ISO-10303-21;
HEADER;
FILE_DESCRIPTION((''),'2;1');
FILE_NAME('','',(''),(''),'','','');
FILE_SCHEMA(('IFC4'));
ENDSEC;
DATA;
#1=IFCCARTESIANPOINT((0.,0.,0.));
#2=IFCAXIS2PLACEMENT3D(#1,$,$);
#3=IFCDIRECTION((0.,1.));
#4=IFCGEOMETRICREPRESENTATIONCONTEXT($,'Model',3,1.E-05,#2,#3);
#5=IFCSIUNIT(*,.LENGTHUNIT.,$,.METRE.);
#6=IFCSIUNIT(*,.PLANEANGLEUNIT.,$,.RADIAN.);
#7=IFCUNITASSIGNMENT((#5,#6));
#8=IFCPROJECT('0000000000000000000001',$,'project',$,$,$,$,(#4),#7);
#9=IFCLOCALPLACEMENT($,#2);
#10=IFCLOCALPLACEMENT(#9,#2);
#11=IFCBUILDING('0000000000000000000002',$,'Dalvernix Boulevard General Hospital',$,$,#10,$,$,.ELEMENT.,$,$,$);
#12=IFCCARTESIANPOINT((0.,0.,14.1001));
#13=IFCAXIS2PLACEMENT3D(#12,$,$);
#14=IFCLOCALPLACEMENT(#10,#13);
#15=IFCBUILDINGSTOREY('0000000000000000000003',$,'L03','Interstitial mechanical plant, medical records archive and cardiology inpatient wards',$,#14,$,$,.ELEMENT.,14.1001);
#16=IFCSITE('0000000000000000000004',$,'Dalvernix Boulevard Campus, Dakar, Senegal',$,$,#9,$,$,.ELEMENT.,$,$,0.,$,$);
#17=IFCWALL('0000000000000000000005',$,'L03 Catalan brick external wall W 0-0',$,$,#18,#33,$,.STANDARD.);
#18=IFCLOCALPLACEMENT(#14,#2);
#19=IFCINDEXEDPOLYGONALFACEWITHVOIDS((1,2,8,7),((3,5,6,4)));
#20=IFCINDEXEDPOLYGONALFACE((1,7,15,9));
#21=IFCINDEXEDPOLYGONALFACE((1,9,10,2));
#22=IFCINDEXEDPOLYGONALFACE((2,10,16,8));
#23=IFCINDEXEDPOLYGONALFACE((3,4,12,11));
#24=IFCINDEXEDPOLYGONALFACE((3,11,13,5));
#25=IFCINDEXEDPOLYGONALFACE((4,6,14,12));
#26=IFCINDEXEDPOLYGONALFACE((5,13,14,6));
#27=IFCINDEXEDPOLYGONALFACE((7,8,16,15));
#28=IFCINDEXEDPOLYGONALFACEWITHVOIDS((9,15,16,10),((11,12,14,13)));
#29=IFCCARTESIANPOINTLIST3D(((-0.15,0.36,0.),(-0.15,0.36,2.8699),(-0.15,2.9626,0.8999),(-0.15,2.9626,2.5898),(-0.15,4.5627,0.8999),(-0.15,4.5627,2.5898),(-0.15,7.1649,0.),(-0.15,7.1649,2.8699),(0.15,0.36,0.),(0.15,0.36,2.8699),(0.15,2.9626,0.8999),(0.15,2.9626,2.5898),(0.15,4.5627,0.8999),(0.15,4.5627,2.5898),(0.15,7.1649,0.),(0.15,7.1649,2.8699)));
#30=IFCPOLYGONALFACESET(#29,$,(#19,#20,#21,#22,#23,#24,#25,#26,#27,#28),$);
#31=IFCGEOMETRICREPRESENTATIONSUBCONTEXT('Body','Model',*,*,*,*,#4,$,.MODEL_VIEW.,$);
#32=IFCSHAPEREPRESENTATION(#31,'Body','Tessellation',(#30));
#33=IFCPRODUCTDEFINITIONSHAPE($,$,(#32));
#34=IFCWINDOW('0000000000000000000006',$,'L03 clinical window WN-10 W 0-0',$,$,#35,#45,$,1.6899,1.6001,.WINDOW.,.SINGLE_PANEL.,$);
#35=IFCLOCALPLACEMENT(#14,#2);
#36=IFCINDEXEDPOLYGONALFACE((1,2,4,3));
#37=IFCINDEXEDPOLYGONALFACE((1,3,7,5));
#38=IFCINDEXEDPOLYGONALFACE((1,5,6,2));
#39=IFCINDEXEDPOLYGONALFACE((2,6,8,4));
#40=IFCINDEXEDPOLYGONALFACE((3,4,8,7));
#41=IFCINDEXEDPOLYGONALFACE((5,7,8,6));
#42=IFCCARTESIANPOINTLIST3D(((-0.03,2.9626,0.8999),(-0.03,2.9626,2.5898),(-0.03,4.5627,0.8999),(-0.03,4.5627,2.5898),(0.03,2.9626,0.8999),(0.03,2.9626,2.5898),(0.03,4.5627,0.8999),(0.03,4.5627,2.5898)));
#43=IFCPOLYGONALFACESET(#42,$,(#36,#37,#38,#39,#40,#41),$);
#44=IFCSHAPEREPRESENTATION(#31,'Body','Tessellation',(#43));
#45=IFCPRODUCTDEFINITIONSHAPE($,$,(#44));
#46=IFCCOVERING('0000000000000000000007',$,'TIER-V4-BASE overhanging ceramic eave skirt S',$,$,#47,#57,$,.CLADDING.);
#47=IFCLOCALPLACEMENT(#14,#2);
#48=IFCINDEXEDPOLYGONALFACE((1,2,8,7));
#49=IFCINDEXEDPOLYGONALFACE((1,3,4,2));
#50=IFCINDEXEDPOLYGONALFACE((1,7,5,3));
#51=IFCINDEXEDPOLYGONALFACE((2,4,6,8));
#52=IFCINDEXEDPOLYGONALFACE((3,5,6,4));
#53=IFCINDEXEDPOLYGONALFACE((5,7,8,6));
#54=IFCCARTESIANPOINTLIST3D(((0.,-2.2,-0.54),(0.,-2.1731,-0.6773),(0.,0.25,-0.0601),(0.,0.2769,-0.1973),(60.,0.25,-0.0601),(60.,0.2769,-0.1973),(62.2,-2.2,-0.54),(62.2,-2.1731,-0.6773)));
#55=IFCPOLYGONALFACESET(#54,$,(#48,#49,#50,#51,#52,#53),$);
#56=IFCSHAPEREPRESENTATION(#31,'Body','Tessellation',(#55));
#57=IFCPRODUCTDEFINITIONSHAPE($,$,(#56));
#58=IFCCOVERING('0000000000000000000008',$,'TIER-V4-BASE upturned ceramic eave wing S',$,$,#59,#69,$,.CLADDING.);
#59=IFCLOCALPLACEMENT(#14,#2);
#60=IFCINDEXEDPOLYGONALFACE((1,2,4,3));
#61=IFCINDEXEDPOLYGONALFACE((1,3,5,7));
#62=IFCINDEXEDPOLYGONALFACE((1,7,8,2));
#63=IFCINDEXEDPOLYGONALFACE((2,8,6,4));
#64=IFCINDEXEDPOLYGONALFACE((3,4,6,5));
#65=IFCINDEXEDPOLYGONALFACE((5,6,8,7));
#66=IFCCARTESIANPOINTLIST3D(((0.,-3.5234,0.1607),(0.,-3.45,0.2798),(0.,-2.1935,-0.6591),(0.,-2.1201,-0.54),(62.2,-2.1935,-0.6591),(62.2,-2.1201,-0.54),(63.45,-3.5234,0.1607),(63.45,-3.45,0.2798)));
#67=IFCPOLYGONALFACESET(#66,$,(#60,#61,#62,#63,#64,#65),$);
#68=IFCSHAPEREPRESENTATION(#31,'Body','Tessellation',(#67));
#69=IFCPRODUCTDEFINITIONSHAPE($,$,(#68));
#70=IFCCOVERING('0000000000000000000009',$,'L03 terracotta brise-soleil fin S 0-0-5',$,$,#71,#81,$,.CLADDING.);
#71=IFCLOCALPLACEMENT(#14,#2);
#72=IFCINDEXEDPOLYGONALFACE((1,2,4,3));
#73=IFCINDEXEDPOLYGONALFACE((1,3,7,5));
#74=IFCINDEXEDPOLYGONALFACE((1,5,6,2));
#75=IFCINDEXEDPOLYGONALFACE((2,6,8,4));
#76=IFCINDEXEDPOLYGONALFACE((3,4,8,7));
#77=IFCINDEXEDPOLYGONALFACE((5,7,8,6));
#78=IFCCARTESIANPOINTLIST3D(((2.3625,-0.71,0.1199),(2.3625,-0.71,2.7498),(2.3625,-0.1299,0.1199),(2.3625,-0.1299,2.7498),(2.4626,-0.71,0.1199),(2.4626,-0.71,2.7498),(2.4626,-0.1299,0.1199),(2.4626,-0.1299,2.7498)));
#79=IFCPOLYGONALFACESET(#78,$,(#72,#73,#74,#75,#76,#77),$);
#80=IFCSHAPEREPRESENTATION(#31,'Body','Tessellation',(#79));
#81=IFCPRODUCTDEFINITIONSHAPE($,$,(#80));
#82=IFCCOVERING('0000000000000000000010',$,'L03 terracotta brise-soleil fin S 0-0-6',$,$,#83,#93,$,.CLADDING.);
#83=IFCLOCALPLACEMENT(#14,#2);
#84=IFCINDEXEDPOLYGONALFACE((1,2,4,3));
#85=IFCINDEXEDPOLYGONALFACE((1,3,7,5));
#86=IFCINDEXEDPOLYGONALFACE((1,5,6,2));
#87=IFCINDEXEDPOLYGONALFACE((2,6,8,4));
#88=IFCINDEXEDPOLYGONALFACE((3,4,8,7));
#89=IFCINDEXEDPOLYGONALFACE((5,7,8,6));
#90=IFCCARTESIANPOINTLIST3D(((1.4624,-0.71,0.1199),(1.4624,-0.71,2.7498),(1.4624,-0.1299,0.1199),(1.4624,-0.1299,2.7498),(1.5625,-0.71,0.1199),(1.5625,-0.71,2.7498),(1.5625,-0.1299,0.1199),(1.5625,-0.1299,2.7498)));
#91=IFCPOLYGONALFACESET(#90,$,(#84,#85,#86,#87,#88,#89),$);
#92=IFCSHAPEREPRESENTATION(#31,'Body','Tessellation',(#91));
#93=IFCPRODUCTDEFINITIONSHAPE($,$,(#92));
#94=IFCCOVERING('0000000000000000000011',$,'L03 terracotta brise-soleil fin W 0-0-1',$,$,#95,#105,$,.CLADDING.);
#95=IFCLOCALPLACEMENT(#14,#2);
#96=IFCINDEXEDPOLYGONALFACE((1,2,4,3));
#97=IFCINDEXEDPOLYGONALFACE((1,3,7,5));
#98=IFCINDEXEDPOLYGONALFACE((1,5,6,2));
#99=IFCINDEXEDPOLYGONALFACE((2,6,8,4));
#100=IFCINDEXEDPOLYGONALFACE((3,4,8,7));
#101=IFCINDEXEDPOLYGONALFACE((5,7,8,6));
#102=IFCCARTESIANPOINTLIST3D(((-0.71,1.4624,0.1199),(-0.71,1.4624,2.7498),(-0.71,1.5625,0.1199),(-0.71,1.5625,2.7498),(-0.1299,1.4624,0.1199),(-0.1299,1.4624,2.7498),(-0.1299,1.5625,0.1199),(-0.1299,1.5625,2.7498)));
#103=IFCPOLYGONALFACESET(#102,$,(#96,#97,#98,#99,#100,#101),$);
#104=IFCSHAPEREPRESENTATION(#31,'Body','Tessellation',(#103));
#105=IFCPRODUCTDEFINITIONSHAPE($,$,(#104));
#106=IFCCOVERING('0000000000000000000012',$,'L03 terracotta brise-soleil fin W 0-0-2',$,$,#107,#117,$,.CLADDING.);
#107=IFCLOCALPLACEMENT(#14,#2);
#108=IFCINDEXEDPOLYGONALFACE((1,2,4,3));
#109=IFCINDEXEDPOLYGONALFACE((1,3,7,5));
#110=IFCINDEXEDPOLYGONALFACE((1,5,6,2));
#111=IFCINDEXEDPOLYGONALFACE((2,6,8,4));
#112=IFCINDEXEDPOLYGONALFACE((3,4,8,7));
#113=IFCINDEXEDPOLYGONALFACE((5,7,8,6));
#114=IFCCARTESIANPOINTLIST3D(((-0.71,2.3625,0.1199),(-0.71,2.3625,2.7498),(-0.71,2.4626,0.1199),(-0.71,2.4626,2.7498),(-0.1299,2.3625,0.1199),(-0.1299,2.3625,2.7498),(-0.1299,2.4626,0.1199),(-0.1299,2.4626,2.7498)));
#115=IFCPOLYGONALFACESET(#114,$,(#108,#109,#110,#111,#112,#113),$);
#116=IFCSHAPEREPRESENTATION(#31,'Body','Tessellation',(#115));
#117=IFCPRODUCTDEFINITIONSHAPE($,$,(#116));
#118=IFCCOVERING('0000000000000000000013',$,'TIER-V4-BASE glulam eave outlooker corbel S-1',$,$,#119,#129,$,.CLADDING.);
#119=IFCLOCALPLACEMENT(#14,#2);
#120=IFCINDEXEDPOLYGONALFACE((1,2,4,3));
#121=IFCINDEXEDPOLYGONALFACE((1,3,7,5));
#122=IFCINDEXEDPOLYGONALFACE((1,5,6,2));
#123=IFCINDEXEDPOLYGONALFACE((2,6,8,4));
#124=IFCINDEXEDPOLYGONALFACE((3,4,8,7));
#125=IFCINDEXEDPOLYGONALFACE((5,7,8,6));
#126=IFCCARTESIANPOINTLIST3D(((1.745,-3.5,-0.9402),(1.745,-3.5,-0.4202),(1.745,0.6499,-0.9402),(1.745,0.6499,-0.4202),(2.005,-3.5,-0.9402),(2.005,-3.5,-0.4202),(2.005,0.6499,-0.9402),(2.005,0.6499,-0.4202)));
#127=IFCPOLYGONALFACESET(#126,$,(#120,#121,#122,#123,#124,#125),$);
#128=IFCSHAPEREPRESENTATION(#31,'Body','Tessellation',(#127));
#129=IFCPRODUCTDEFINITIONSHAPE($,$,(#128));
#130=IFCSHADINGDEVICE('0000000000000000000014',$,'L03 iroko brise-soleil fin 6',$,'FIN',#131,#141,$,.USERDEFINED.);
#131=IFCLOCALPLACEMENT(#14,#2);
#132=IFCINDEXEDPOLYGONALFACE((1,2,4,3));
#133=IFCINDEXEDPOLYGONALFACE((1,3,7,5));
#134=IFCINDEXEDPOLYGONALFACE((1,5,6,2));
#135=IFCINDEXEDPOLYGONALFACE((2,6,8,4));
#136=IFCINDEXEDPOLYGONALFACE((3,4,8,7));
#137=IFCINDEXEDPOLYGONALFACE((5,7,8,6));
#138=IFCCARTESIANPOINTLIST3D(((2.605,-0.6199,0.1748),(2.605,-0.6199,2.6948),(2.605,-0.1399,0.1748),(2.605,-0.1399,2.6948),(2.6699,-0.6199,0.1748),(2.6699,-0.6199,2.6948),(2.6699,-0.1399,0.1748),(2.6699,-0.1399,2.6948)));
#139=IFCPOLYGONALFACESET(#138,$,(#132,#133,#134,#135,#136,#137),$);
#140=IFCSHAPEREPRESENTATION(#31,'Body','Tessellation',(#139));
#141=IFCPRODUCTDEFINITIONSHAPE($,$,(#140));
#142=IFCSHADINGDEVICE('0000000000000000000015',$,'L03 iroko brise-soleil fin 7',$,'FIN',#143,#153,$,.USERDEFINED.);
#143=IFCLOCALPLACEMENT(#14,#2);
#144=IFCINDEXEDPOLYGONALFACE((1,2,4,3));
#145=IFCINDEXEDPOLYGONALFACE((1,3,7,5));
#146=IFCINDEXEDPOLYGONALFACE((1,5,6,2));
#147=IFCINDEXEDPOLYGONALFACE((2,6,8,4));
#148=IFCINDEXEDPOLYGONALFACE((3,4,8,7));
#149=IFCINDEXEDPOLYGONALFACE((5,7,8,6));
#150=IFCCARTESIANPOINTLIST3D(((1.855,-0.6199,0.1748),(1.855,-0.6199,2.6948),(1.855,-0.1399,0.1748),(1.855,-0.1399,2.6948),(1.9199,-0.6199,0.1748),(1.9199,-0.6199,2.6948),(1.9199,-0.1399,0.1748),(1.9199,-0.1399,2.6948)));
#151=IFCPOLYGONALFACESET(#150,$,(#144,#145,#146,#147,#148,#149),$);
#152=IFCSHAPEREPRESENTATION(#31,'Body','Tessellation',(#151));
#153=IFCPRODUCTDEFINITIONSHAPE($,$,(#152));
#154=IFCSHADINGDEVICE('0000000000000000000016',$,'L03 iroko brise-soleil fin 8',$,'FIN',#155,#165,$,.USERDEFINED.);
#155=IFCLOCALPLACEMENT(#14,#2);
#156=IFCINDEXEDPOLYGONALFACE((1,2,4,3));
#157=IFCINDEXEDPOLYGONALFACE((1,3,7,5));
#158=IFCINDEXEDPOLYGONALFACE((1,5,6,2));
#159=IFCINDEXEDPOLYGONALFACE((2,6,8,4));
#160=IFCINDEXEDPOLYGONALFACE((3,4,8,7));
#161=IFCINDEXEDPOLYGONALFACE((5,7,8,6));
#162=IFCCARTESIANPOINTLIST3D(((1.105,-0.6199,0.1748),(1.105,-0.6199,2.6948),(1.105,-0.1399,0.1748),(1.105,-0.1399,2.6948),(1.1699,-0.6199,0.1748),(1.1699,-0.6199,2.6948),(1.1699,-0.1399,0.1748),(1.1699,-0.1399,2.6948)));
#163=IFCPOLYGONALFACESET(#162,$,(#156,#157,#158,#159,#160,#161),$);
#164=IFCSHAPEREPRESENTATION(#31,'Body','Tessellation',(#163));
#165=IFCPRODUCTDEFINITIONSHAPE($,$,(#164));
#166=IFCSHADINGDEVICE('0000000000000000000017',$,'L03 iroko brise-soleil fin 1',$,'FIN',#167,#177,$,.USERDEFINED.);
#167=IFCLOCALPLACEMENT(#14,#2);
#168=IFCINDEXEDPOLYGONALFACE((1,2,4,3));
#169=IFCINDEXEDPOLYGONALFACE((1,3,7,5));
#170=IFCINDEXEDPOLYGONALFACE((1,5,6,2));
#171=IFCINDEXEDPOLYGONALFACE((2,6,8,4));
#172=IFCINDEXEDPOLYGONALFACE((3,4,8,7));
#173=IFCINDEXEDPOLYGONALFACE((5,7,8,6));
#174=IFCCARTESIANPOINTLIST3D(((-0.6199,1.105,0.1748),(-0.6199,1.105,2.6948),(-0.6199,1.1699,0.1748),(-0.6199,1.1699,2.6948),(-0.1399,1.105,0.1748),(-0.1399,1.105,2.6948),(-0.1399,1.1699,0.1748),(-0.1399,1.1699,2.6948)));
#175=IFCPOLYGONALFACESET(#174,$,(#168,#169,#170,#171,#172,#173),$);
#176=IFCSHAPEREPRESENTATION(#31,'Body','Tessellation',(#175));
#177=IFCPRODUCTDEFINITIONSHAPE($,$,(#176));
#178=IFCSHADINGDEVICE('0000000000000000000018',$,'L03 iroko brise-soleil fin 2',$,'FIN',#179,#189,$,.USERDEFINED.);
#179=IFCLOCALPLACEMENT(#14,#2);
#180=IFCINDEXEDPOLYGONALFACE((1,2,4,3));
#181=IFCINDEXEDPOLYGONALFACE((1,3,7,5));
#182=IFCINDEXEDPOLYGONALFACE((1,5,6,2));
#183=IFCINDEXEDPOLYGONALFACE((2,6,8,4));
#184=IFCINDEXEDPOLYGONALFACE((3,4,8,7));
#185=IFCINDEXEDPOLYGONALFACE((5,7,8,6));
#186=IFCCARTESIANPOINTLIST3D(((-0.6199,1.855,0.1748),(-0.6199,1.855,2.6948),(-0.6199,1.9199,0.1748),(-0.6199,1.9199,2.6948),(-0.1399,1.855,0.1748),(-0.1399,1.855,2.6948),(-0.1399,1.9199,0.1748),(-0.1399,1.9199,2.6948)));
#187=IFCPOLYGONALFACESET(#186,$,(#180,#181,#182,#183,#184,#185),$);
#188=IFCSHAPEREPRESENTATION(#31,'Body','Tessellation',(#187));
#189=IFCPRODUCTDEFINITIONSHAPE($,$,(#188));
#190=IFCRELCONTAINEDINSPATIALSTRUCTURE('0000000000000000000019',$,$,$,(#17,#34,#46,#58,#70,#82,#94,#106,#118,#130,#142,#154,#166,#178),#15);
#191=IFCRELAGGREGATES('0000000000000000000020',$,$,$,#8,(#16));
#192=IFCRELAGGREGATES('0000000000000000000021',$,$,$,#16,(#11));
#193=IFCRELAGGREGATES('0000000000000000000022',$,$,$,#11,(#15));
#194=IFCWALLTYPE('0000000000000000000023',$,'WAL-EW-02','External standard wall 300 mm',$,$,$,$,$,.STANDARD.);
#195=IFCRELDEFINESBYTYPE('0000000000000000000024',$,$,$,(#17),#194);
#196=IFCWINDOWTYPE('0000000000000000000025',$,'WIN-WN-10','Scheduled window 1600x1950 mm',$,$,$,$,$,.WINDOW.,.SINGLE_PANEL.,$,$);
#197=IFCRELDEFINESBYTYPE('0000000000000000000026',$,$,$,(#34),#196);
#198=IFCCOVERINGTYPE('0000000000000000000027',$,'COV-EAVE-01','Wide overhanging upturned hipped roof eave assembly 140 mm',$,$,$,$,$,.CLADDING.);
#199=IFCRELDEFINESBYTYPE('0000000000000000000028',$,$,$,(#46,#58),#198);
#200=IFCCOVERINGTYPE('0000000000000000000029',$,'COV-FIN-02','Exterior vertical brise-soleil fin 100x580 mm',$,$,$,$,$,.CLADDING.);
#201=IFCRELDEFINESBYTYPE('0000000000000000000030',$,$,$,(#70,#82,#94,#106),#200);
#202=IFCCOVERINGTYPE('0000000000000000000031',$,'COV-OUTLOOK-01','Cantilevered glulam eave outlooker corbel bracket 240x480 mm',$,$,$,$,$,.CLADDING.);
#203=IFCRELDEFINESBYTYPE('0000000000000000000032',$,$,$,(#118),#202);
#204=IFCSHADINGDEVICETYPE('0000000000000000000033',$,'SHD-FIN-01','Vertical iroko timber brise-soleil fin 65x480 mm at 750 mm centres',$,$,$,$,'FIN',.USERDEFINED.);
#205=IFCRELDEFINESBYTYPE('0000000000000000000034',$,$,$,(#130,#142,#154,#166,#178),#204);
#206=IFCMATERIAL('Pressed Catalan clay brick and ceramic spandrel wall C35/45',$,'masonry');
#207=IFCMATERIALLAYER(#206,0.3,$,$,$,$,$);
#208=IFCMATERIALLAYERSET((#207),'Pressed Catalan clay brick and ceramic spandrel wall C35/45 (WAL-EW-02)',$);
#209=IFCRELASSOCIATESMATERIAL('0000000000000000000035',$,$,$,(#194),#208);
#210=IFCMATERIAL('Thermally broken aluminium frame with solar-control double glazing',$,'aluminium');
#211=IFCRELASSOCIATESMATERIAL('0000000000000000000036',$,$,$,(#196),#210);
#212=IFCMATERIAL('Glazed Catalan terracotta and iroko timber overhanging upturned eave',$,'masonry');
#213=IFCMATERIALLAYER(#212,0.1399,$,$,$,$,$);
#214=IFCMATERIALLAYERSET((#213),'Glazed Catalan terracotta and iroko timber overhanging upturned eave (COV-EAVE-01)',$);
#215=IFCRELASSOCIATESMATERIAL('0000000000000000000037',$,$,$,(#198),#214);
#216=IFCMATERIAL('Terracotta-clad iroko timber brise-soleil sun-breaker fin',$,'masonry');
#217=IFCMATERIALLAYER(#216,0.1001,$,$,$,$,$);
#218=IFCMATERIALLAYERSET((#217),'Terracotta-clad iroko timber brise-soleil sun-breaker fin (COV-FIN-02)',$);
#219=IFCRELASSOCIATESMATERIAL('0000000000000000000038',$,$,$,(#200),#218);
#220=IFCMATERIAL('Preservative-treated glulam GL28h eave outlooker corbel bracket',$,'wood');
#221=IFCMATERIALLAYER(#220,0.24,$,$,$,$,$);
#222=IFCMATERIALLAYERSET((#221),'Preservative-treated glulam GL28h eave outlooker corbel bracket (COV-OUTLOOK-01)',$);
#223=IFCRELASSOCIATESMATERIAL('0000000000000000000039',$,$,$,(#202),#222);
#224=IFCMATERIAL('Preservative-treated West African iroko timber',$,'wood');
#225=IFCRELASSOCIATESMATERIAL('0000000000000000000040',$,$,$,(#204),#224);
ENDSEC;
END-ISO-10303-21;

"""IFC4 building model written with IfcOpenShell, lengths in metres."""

from ifc_helpers import new_model, si_unit, direction, frame, frame_2d, origin, origin_2d, place, context, subcontext, project, spatial, polyline, rectangle, outline, extrude, material, layer, layer_set, type_object, element, fill, save


model = new_model("IFC4")

# Units and contexts
model_context = context("Model", 3, precision=1e-05, world=origin(), true_north=direction((0.0, 1.0)))
body_context = subcontext(model_context, "Body", "Model", "MODEL_VIEW")
ifc_project = project(units=[si_unit("LENGTHUNIT", "METRE"), si_unit("PLANEANGLEUNIT", "RADIAN")], contexts=[model_context])

# Site, building, storey
site_placement = place(None, origin())
site = spatial("IfcSite", under=ifc_project, at=site_placement, Name="Dalvernix Boulevard Campus, Dakar, Senegal", CompositionType="ELEMENT", RefElevation=0.0)
building_placement = place(site_placement, origin())
building = spatial("IfcBuilding", under=site, at=building_placement, Name="Dalvernix Boulevard General Hospital", CompositionType="ELEMENT")
storey_placement = place(building_placement, frame((0.0, 0.0, 14.1001)))
storey = spatial("IfcBuildingStorey", under=building, at=storey_placement, Name="L03", Description="Interstitial mechanical plant, medical records archive and cardiology inpatient wards", CompositionType="ELEMENT", Elevation=14.1001)

# Wall, opening, window
ifc_material_1 = material(Name="Pressed Catalan clay brick and ceramic spandrel wall C35/45", Category="masonry")
ifc_layer_1 = layer(ifc_material_1, 0.3)
ifc_layer_set_1 = layer_set([ifc_layer_1], Name="Pressed Catalan clay brick and ceramic spandrel wall C35/45 (WAL-EW-02)")
wall_type = type_object("IfcWallType", Name="WAL-EW-02", Description="External standard wall 300 mm", PredefinedType="STANDARD", material=ifc_layer_set_1)
wall_placement = place(storey_placement, frame((0.0, 0.3601, 0.0), z_axis=(0.0, 0.0, 1.0), x_axis=(0.0, 1.0, 0.0)))
wall = element("IfcWall", 1, at=wall_placement, inside=storey, type_object=wall_type, Name="L03 Catalan brick external wall W 0-0", PredefinedType="STANDARD", context=body_context, shape_type="SweptSolid", body=[
    extrude(rectangle(XDim=6.8049, YDim=0.3, at=frame_2d((3.4023, 0.0))), origin(), (0.0, 0.0, 1.0), 2.8699),
])
opening_1_placement = place(wall_placement, frame((2.6025, 0.0, 0.8999)))
opening_1 = element("IfcOpeningElement", 2, at=opening_1_placement, cuts=wall, PredefinedType="OPENING", context=body_context, shape_type="SweptSolid", body=[
    extrude(rectangle(XDim=1.6001, YDim=1.6899, at=frame_2d((0.8, 0.845))), frame((0.0, 0.1599, 0.0), z_axis=(0.0, -1.0, 0.0), x_axis=(1.0, 0.0, 0.0)), (0.0, 0.0, 1.0), 0.3201),
])
ifc_material_2 = material(Name="Thermally broken aluminium frame with solar-control double glazing", Category="aluminium")
window_type = type_object("IfcWindowType", Name="WIN-WN-10", Description="Scheduled window 1600x1950 mm", PartitioningType="SINGLE_PANEL", PredefinedType="WINDOW", material=ifc_material_2)
window_placement = place(opening_1_placement, origin())
window = element("IfcWindow", 3, at=window_placement, inside=storey, type_object=window_type, Name="L03 clinical window WN-10 W 0-0", OverallHeight=1.6899, OverallWidth=1.6001, PartitioningType="SINGLE_PANEL", PredefinedType="WINDOW", context=body_context, shape_type="SweptSolid", body=[
    extrude(rectangle(XDim=1.6001, YDim=1.6899, at=frame_2d((0.8, 0.845))), frame((0.0, 0.03, 0.0), z_axis=(0.0, -1.0, 0.0), x_axis=(1.0, 0.0, 0.0)), (0.0, 0.0, 1.0), 0.0601),
])
fill(opening_1, window)

# Coverings
ifc_material_3 = material(Name="Glazed Catalan terracotta and iroko timber overhanging upturned eave", Category="masonry")
ifc_layer_2 = layer(ifc_material_3, 0.1399)
ifc_layer_set_2 = layer_set([ifc_layer_2], Name="Glazed Catalan terracotta and iroko timber overhanging upturned eave (COV-EAVE-01)")
covering_type_1 = type_object("IfcCoveringType", Name="COV-EAVE-01", Description="Wide overhanging upturned hipped roof eave assembly 140 mm", PredefinedType="CLADDING", material=ifc_layer_set_2)
covering_1_placement = place(storey_placement, frame((0.0, 0.25, -0.0601), z_axis=(0.0, -0.192259, 0.981344), x_axis=(1.0, 0.0, 0.0)))
element("IfcCovering", 4, at=covering_1_placement, inside=storey, type_object=covering_type_1, Name="TIER-V4-BASE overhanging ceramic eave skirt S", PredefinedType="CLADDING", context=body_context, shape_type="SweptSolid", body=[
    extrude(outline(polyline([(0.0, 0.0), (60.0, 0.0), (62.2, -2.4965), (0.0, -2.4965), (0.0, 0.0)])), origin(), (0.0, 0.0, -1.0), 0.1399),
])
covering_2_placement = place(storey_placement, frame((0.0, -2.1201, -0.54), z_axis=(0.0, 0.524777, 0.85124), x_axis=(1.0, 0.0, 0.0)))
element("IfcCovering", 5, at=covering_2_placement, inside=storey, type_object=covering_type_1, Name="TIER-V4-BASE upturned ceramic eave wing S", PredefinedType="CLADDING", context=body_context, shape_type="SweptSolid", body=[
    extrude(outline(polyline([(0.0, 0.0), (62.2, 0.0), (63.45, -1.5622), (0.0, -1.5622), (0.0, 0.0)])), origin(), (0.0, 0.0, -1.0), 0.1399),
])
ifc_material_4 = material(Name="Terracotta-clad iroko timber brise-soleil sun-breaker fin", Category="masonry")
ifc_layer_3 = layer(ifc_material_4, 0.1001)
ifc_layer_set_3 = layer_set([ifc_layer_3], Name="Terracotta-clad iroko timber brise-soleil sun-breaker fin (COV-FIN-02)")
covering_type_2 = type_object("IfcCoveringType", Name="COV-FIN-02", Description="Exterior vertical brise-soleil fin 100x580 mm", PredefinedType="CLADDING", material=ifc_layer_set_3)
for number, where, z_axis, x_axis, name in (
    (6, (2.4126, -0.4199, 0.1199), (0.0, 0.0, 1.0), (-1.0, 0.0, 0.0), "L03 terracotta brise-soleil fin S 0-0-5"),
    (7, (1.5125, -0.4199, 0.1199), (0.0, 0.0, 1.0), (-1.0, 0.0, 0.0), "L03 terracotta brise-soleil fin S 0-0-6"),
    (8, (-0.4199, 1.5125, 0.1199), (0.0, 0.0, 1.0), (0.0, 1.0, 0.0), "L03 terracotta brise-soleil fin W 0-0-1"),
    (9, (-0.4199, 2.4126, 0.1199), (0.0, 0.0, 1.0), (0.0, 1.0, 0.0), "L03 terracotta brise-soleil fin W 0-0-2"),
):
    element("IfcCovering", number, at=place(storey_placement, frame(where, z_axis=z_axis, x_axis=x_axis)), inside=storey, type_object=covering_type_2, Name=name, PredefinedType="CLADDING", context=body_context, shape_type="SweptSolid", body=[
        extrude(rectangle(XDim=0.1001, YDim=0.5801, at=origin_2d()), origin(), (0.0, 0.0, 1.0), 2.6299),
    ])
ifc_material_5 = material(Name="Preservative-treated glulam GL28h eave outlooker corbel bracket", Category="wood")
ifc_layer_4 = layer(ifc_material_5, 0.24)
ifc_layer_set_4 = layer_set([ifc_layer_4], Name="Preservative-treated glulam GL28h eave outlooker corbel bracket (COV-OUTLOOK-01)")
covering_type_3 = type_object("IfcCoveringType", Name="COV-OUTLOOK-01", Description="Cantilevered glulam eave outlooker corbel bracket 240x480 mm", PredefinedType="CLADDING", material=ifc_layer_set_4)
covering_3_placement = place(storey_placement, frame((1.875, -1.425, -0.9402), z_axis=(0.0, 0.0, 1.0), x_axis=(1.0, 0.0, 0.0)))
element("IfcCovering", 10, at=covering_3_placement, inside=storey, type_object=covering_type_3, Name="TIER-V4-BASE glulam eave outlooker corbel S-1", PredefinedType="CLADDING", context=body_context, shape_type="SweptSolid", body=[
    extrude(rectangle(XDim=0.26, YDim=4.1499, at=origin_2d()), origin(), (0.0, 0.0, 1.0), 0.52),
])

# Shading devices
ifc_material_6 = material(Name="Preservative-treated West African iroko timber", Category="wood")
shading_device_type = type_object("IfcShadingDeviceType", Name="SHD-FIN-01", Description="Vertical iroko timber brise-soleil fin 65x480 mm at 750 mm centres", ElementType="FIN", PredefinedType="USERDEFINED", material=ifc_material_6)
for number, where, z_axis, x_axis, name in (
    (11, (2.6375, -0.3799, 0.1748), (0.0, 0.0, 1.0), (-1.0, 0.0, 0.0), "L03 iroko brise-soleil fin 6"),
    (12, (1.8875, -0.3799, 0.1748), (0.0, 0.0, 1.0), (-1.0, 0.0, 0.0), "L03 iroko brise-soleil fin 7"),
    (13, (1.1375, -0.3799, 0.1748), (0.0, 0.0, 1.0), (-1.0, 0.0, 0.0), "L03 iroko brise-soleil fin 8"),
    (14, (-0.3799, 1.1375, 0.1748), (0.0, 0.0, 1.0), (0.0, 1.0, 0.0), "L03 iroko brise-soleil fin 1"),
    (15, (-0.3799, 1.8875, 0.1748), (0.0, 0.0, 1.0), (0.0, 1.0, 0.0), "L03 iroko brise-soleil fin 2"),
):
    element("IfcShadingDevice", number, at=place(storey_placement, frame(where, z_axis=z_axis, x_axis=x_axis)), inside=storey, type_object=shading_device_type, Name=name, ObjectType="FIN", PredefinedType="USERDEFINED", context=body_context, shape_type="SweptSolid", body=[
        extrude(rectangle(XDim=0.0649, YDim=0.48, at=origin_2d()), origin(), (0.0, 0.0, 1.0), 2.52),
    ])

save(model, "model.ifc")
